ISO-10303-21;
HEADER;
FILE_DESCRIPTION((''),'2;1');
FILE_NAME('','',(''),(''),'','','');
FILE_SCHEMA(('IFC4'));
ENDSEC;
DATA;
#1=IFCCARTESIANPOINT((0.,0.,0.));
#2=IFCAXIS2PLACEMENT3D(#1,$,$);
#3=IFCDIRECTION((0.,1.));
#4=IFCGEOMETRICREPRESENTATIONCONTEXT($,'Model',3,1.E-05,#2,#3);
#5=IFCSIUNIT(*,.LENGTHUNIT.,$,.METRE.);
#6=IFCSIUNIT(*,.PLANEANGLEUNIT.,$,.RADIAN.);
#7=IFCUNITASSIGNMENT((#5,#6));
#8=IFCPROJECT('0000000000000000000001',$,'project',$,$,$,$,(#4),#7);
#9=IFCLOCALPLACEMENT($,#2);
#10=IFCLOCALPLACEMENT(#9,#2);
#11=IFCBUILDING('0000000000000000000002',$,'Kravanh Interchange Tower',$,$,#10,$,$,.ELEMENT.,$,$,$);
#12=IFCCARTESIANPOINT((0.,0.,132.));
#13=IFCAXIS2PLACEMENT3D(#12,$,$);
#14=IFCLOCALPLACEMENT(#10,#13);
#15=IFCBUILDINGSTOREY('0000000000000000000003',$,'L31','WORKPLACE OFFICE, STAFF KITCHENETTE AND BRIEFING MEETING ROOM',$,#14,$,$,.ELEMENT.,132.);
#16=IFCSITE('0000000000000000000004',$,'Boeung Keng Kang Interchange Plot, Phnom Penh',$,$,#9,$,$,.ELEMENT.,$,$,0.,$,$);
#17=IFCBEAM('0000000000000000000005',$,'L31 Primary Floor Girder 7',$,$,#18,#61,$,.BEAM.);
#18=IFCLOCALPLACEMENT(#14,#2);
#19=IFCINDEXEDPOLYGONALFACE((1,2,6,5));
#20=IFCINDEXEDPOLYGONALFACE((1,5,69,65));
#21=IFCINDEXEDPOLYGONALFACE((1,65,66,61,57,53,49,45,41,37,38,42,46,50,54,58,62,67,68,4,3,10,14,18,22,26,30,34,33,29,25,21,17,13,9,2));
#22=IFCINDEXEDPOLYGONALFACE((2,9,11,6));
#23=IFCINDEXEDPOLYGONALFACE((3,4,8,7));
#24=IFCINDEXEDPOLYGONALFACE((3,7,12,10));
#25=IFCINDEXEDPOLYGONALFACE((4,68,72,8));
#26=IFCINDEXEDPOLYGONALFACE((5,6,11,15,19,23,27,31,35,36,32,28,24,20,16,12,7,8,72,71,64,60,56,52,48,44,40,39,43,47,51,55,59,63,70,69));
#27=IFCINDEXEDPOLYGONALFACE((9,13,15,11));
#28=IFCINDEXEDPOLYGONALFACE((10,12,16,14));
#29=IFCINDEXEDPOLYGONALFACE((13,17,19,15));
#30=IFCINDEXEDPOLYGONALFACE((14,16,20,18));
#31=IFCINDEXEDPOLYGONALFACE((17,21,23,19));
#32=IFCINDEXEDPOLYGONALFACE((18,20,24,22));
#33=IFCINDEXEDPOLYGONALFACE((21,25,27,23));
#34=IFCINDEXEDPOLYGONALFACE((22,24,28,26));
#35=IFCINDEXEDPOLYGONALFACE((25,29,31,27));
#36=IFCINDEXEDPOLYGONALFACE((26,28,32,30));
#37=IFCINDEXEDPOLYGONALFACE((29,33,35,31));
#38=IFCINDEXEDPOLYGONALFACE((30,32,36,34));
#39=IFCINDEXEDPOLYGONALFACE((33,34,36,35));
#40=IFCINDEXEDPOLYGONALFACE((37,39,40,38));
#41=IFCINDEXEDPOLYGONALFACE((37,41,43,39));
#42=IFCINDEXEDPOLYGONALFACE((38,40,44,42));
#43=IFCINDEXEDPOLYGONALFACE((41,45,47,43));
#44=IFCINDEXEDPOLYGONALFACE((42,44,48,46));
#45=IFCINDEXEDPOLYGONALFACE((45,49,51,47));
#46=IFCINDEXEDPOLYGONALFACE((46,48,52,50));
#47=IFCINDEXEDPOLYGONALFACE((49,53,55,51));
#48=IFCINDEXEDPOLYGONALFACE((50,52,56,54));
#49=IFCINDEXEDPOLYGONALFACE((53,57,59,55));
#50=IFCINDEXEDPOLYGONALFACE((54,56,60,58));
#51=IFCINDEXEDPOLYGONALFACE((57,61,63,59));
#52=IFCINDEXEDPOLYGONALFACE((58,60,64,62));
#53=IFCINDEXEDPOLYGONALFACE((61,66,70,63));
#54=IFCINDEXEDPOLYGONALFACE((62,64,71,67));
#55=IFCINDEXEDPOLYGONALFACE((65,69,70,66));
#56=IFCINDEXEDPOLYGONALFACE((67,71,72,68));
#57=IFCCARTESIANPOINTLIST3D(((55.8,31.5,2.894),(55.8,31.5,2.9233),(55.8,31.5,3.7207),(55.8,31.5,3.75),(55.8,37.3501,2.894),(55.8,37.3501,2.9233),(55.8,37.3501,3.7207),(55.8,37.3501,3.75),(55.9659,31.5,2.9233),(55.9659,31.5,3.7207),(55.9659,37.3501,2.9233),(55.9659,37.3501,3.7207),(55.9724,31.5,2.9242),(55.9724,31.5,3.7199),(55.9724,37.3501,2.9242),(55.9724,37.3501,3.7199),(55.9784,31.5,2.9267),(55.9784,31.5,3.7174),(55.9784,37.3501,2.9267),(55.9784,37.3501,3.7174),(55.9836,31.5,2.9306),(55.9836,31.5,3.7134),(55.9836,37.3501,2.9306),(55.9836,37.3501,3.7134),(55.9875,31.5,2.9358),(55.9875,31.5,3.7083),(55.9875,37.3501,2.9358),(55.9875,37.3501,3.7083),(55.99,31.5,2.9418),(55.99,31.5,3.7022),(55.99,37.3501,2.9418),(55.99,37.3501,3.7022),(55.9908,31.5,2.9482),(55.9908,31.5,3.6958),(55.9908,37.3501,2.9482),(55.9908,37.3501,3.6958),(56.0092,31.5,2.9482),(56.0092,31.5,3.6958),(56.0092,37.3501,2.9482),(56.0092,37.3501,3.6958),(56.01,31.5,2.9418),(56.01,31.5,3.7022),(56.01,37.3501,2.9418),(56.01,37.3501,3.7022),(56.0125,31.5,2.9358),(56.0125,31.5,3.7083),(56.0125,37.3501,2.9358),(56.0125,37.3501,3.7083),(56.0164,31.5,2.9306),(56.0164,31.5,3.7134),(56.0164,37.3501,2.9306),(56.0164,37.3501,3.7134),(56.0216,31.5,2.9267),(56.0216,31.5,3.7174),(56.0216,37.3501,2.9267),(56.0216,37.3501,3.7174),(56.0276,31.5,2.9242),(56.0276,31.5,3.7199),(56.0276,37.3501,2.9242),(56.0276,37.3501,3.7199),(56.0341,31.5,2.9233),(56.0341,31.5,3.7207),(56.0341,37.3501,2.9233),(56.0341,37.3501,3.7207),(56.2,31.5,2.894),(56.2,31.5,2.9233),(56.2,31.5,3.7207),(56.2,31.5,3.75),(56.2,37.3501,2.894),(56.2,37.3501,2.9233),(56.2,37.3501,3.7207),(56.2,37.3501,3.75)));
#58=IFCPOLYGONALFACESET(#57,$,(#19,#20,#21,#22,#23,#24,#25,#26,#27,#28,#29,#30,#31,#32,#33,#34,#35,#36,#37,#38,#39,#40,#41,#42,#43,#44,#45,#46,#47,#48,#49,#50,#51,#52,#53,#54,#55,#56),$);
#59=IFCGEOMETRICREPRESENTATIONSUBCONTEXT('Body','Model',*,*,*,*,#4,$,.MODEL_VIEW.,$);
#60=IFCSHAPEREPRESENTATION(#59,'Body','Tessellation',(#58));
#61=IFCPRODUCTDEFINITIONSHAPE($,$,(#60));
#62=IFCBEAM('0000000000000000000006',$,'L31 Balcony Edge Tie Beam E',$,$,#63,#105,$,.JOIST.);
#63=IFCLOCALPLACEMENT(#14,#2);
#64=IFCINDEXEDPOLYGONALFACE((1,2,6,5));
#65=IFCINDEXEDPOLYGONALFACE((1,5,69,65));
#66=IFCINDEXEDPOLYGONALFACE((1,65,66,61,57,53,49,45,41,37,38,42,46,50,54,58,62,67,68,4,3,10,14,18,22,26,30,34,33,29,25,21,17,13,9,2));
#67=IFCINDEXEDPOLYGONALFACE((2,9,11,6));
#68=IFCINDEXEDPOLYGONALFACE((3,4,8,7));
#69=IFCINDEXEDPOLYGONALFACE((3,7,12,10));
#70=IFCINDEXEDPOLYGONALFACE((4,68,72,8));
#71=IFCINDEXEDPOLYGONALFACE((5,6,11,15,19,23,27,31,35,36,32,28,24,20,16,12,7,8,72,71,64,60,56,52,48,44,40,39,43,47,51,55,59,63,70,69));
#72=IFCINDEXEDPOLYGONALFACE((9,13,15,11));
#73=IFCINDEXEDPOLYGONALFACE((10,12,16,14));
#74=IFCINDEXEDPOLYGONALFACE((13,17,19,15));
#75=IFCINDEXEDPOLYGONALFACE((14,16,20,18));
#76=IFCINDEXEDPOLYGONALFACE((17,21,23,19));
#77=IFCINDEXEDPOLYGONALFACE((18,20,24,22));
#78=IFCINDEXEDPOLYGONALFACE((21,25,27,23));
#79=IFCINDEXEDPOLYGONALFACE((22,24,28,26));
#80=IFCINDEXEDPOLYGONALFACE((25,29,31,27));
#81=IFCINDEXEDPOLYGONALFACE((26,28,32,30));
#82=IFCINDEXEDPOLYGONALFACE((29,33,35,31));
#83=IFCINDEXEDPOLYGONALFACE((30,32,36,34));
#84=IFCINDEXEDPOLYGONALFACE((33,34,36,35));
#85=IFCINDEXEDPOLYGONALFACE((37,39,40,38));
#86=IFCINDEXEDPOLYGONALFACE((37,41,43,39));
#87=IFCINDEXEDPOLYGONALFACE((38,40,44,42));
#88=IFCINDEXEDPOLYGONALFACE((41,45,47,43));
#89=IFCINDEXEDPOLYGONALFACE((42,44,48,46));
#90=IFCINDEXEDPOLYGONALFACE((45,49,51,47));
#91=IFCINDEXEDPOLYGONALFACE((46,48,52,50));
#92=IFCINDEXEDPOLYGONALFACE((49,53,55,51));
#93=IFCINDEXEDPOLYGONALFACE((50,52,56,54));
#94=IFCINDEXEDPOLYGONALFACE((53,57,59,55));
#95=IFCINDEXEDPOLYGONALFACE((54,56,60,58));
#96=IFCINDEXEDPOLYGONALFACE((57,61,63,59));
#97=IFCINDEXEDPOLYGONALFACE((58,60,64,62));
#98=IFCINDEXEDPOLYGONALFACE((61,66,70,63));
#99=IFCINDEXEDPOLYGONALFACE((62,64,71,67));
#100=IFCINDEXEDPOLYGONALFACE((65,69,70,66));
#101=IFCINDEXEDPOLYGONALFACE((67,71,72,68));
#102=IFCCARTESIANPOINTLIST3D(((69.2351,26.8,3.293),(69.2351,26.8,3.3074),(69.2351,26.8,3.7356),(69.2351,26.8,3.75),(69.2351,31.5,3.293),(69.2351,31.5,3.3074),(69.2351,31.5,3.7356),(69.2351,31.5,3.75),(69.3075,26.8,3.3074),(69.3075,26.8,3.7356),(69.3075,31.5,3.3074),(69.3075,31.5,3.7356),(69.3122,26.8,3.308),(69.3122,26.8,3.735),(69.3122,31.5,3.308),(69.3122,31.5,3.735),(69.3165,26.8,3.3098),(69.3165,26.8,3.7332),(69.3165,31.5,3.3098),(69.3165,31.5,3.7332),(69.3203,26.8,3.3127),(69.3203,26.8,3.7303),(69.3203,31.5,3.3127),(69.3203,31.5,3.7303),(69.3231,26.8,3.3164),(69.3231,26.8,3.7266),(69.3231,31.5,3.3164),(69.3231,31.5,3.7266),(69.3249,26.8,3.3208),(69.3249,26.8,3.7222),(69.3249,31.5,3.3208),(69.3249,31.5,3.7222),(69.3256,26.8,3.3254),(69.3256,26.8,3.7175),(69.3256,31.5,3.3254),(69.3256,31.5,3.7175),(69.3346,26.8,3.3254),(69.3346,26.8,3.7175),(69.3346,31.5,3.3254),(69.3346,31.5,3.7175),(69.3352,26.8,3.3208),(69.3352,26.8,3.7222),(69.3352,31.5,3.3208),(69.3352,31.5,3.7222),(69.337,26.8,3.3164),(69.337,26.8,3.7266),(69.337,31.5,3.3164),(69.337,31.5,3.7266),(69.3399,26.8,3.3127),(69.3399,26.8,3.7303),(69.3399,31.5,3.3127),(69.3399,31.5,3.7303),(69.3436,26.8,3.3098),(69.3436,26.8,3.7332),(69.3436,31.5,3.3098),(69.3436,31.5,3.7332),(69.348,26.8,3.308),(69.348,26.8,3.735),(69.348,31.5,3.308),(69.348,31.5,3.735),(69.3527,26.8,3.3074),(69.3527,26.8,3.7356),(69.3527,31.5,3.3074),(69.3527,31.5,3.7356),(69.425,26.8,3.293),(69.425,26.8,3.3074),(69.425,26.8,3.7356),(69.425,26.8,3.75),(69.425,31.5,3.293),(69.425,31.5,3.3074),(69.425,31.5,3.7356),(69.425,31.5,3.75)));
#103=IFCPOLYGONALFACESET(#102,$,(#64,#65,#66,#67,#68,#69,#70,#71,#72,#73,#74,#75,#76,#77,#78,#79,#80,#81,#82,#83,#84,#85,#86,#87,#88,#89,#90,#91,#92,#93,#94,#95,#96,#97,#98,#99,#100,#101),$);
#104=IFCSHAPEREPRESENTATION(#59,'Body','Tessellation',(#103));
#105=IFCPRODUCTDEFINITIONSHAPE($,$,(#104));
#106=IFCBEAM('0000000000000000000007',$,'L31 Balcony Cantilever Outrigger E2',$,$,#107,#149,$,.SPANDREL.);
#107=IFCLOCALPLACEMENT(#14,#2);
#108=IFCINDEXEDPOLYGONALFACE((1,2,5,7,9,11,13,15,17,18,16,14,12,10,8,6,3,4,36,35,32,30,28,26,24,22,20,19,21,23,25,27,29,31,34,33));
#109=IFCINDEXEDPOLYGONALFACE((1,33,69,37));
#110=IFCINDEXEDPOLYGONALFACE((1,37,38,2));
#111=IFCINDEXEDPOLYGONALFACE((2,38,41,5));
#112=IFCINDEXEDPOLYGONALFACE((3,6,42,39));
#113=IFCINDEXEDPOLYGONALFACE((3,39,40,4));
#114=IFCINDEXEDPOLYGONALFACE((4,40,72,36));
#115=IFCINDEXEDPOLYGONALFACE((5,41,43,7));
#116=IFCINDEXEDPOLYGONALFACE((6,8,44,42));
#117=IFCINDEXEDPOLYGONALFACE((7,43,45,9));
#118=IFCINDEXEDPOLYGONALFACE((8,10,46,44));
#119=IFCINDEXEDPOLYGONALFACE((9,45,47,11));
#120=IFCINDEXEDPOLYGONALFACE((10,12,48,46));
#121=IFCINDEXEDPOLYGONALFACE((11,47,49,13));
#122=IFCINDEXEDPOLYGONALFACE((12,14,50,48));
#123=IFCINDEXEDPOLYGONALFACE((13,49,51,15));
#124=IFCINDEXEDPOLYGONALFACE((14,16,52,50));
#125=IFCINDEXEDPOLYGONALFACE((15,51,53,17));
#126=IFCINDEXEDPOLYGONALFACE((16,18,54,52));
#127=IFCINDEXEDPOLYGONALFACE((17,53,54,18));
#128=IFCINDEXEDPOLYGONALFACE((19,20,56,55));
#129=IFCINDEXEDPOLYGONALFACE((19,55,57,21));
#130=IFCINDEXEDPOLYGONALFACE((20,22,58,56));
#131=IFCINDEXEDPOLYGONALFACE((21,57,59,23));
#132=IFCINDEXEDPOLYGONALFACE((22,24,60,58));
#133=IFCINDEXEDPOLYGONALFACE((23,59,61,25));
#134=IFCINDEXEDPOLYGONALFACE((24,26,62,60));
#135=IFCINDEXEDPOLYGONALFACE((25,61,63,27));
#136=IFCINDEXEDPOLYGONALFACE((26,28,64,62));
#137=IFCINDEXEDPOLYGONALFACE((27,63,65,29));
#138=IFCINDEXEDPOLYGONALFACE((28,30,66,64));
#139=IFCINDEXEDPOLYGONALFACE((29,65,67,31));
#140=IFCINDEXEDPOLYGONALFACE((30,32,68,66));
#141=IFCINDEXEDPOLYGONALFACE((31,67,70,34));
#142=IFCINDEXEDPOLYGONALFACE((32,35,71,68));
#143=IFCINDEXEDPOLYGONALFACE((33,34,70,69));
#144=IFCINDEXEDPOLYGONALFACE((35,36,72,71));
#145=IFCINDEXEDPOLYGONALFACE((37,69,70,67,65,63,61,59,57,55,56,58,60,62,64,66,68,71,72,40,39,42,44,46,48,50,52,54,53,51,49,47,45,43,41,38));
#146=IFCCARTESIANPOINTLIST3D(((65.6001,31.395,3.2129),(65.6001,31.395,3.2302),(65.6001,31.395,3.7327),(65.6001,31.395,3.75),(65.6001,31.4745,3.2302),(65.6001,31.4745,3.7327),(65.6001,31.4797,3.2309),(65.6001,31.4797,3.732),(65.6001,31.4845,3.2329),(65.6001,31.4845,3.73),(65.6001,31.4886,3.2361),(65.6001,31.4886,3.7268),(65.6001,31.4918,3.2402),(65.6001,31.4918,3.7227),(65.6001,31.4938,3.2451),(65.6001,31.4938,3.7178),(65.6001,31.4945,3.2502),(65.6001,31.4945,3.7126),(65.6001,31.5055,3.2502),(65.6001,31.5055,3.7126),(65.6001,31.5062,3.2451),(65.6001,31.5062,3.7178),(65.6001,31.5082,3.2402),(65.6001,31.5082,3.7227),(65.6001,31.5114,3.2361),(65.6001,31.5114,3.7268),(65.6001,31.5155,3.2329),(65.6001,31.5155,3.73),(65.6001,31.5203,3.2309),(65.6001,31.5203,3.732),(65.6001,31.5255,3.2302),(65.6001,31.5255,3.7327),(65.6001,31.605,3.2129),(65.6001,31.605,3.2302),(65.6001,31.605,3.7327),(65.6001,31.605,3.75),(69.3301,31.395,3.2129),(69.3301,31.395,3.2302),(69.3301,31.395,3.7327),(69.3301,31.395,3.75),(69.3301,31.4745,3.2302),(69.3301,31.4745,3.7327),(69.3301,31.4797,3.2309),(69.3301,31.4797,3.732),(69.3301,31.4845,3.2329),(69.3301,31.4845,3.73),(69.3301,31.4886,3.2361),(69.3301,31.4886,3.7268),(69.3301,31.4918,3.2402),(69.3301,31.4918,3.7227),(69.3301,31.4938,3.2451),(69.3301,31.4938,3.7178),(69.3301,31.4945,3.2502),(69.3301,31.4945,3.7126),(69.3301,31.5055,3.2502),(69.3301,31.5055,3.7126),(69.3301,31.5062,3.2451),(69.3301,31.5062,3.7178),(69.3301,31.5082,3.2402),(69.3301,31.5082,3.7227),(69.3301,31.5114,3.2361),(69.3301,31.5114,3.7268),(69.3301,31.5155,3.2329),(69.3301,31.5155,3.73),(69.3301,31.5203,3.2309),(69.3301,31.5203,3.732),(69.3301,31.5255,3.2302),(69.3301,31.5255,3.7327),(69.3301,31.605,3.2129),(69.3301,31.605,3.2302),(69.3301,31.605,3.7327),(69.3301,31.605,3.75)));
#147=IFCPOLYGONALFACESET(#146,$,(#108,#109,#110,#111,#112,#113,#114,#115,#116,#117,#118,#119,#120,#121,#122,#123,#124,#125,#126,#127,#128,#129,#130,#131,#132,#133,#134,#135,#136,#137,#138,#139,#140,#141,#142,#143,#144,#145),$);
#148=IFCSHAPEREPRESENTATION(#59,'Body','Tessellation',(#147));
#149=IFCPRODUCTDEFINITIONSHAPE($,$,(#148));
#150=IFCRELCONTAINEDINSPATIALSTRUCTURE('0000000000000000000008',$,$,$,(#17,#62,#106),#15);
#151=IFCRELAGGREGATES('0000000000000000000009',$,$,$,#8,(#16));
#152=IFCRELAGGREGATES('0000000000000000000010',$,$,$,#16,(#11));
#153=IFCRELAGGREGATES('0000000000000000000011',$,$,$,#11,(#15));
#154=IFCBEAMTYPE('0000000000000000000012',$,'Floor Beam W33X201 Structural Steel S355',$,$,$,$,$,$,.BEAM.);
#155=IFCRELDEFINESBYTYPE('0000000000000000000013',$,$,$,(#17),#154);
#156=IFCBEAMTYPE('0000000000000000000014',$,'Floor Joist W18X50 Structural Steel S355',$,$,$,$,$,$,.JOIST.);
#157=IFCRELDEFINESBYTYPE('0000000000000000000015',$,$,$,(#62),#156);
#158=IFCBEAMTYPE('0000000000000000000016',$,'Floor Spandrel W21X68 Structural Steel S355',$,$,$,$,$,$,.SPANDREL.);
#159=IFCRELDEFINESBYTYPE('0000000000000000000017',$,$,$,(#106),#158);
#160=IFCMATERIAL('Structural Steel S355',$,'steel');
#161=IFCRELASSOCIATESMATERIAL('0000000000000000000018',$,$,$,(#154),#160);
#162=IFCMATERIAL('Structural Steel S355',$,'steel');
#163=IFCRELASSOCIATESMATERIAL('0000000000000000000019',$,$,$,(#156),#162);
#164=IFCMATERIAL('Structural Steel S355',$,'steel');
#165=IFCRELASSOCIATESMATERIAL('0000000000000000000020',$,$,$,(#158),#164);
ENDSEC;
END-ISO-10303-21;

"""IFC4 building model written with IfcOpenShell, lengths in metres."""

from ifc_helpers import new_model, si_unit, direction, frame, origin, origin_2d, place, context, subcontext, project, spatial, i_section, extrude, material, material_profile, profile_set, type_object, element, save


model = new_model("IFC4")

# Units and contexts
model_context = context("Model", 3, precision=1e-05, world=origin(), true_north=direction((0.0, 1.0)))
body_context = subcontext(model_context, "Body", "Model", "MODEL_VIEW")
ifc_project = project(units=[si_unit("LENGTHUNIT", "METRE"), si_unit("PLANEANGLEUNIT", "RADIAN")], contexts=[model_context])

# Site, building, storey
site_placement = place(None, origin())
site = spatial("IfcSite", under=ifc_project, at=site_placement, Name="Boeung Keng Kang Interchange Plot, Phnom Penh", CompositionType="ELEMENT", RefElevation=0.0)
building_placement = place(site_placement, origin())
building = spatial("IfcBuilding", under=site, at=building_placement, Name="Kravanh Interchange Tower", CompositionType="ELEMENT")
storey_placement = place(building_placement, frame((0.0, 0.0, 132.0)))
storey = spatial("IfcBuildingStorey", under=building, at=storey_placement, Name="L31", Description="WORKPLACE OFFICE, STAFF KITCHENETTE AND BRIEFING MEETING ROOM", CompositionType="ELEMENT", Elevation=132.0)

# Beams
ifc_material_1 = material(Name="Structural Steel S355", Category="steel")
ifc_material_profile_1 = material_profile(ifc_material_1, i_section(OverallWidth=0.3999, OverallDepth=0.856, WebThickness=0.0183, FlangeThickness=0.0293, FilletRadius=0.0249, at=origin_2d()), Name="W33X201")
ifc_profile_set_1 = profile_set([ifc_material_profile_1], Name="Structural Steel S355")
beam_type_1 = type_object("IfcBeamType", Name="Floor Beam W33X201 Structural Steel S355", PredefinedType="BEAM", material=ifc_profile_set_1)
beam_1_placement = place(storey_placement, frame((56.0, 37.3501, 3.322), z_axis=(0.0, -1.0, 0.0), x_axis=(1.0, 0.0, 0.0)))
element("IfcBeam", 1, at=beam_1_placement, inside=storey, type_object=beam_type_1, Name="L31 Primary Floor Girder 7", PredefinedType="BEAM", context=body_context, shape_type="SweptSolid", body=[
    extrude(i_section(OverallWidth=0.3999, OverallDepth=0.856, WebThickness=0.0183, FlangeThickness=0.0293, FilletRadius=0.0249, at=origin_2d()), origin(), (0.0, 0.0, 1.0), 5.8501),
])
ifc_material_2 = material(Name="Structural Steel S355", Category="steel")
ifc_material_profile_2 = material_profile(ifc_material_2, i_section(OverallWidth=0.1899, OverallDepth=0.457, WebThickness=0.009, FlangeThickness=0.0144, FilletRadius=0.0181, at=origin_2d()), Name="W18X50")
ifc_profile_set_2 = profile_set([ifc_material_profile_2], Name="Structural Steel S355")
beam_type_2 = type_object("IfcBeamType", Name="Floor Joist W18X50 Structural Steel S355", PredefinedType="JOIST", material=ifc_profile_set_2)
beam_2_placement = place(storey_placement, frame((69.3301, 26.8, 3.5215), z_axis=(0.0, 1.0, 0.0), x_axis=(-1.0, 0.0, 0.0)))
element("IfcBeam", 2, at=beam_2_placement, inside=storey, type_object=beam_type_2, Name="L31 Balcony Edge Tie Beam E", PredefinedType="JOIST", context=body_context, shape_type="SweptSolid", body=[
    extrude(i_section(OverallWidth=0.1899, OverallDepth=0.457, WebThickness=0.009, FlangeThickness=0.0144, FilletRadius=0.0181, at=origin_2d()), origin(), (0.0, 0.0, 1.0), 4.7),
])
ifc_material_3 = material(Name="Structural Steel S355", Category="steel")
ifc_material_profile_3 = material_profile(ifc_material_3, i_section(OverallWidth=0.21, OverallDepth=0.5371, WebThickness=0.011, FlangeThickness=0.0173, FilletRadius=0.02, at=origin_2d()), Name="W21X68")
ifc_profile_set_3 = profile_set([ifc_material_profile_3], Name="Structural Steel S355")
beam_type_3 = type_object("IfcBeamType", Name="Floor Spandrel W21X68 Structural Steel S355", PredefinedType="SPANDREL", material=ifc_profile_set_3)
beam_3_placement = place(storey_placement, frame((65.6001, 31.5, 3.4814), z_axis=(1.0, 0.0, 0.0), x_axis=(0.0, 1.0, 0.0)))
element("IfcBeam", 3, at=beam_3_placement, inside=storey, type_object=beam_type_3, Name="L31 Balcony Cantilever Outrigger E2", PredefinedType="SPANDREL", context=body_context, shape_type="SweptSolid", body=[
    extrude(i_section(OverallWidth=0.21, OverallDepth=0.5371, WebThickness=0.011, FlangeThickness=0.0173, FilletRadius=0.02, at=origin_2d()), origin(), (0.0, 0.0, 1.0), 3.73),
])

save(model, "model.ifc")
